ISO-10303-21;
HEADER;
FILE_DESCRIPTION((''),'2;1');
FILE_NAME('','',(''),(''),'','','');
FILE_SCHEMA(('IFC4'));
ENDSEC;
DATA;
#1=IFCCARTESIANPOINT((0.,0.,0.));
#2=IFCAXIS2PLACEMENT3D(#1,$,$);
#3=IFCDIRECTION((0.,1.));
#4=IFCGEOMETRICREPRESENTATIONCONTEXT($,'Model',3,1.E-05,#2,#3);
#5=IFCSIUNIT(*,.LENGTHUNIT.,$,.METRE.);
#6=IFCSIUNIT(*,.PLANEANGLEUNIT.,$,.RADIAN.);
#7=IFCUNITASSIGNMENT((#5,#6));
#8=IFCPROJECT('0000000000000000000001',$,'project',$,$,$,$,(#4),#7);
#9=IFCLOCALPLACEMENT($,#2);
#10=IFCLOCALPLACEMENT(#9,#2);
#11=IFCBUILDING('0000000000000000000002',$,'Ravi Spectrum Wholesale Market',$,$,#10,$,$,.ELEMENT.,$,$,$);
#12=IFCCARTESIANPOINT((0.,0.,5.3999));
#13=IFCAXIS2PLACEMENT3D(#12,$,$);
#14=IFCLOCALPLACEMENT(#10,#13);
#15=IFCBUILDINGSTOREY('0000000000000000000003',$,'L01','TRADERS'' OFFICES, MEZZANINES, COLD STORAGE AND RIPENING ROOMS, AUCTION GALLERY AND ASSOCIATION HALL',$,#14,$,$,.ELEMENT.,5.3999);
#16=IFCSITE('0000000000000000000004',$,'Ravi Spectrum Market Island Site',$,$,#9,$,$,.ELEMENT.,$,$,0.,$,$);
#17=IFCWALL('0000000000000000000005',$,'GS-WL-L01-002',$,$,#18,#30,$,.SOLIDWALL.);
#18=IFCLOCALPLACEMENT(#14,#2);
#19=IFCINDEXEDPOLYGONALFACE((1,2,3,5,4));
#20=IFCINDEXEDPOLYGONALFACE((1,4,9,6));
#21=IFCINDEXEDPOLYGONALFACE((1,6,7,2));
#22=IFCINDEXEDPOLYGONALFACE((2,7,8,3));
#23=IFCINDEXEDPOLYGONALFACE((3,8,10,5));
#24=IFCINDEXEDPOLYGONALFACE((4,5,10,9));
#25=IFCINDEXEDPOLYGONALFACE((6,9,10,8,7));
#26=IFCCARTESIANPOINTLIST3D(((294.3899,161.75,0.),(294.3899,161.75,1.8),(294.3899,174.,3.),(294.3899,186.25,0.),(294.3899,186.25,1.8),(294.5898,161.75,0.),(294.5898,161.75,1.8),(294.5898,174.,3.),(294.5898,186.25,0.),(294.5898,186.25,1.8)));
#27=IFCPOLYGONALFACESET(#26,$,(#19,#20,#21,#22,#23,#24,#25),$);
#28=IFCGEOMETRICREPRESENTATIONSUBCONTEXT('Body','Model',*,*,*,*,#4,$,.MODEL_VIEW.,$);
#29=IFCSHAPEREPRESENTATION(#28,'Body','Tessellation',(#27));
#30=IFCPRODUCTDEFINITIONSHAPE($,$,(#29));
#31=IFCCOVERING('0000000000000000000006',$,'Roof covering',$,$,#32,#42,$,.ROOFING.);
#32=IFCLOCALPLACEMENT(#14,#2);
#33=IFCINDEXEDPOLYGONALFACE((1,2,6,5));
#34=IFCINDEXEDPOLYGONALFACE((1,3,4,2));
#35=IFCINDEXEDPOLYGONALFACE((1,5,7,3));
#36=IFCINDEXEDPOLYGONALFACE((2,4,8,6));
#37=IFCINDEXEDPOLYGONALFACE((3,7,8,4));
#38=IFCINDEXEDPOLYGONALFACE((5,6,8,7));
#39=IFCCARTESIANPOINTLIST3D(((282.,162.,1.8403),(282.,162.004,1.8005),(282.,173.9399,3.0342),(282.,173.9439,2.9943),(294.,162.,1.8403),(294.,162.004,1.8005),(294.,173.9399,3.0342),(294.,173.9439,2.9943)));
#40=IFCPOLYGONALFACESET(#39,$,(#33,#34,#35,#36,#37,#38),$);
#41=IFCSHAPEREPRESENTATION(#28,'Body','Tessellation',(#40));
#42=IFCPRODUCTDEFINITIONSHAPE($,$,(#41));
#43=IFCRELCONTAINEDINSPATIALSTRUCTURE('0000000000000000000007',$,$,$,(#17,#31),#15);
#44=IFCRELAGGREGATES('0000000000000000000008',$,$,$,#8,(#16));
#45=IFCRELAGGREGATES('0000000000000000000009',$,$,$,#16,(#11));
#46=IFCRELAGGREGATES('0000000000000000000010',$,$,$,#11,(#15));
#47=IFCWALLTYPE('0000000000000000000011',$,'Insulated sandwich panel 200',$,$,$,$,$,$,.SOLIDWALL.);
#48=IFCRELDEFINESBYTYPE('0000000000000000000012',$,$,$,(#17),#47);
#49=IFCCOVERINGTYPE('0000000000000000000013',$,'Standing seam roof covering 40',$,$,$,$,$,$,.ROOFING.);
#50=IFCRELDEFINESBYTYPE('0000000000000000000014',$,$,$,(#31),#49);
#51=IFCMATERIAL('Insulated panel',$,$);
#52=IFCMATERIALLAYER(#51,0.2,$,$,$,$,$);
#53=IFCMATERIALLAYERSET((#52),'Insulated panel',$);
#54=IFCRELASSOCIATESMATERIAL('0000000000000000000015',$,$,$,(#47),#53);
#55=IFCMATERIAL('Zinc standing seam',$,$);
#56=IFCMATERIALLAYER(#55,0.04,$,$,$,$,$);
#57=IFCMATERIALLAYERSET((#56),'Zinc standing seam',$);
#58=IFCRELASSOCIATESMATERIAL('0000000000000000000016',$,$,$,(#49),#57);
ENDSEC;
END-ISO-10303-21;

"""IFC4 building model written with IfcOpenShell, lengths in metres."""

from ifc_helpers import new_model, si_unit, direction, frame, origin, place, context, subcontext, project, spatial, polyline, outline, extrude, material, layer, layer_set, type_object, element, save


model = new_model("IFC4")

# Units and contexts
model_context = context("Model", 3, precision=1e-05, world=origin(), true_north=direction((0.0, 1.0)))
body_context = subcontext(model_context, "Body", "Model", "MODEL_VIEW")
ifc_project = project(units=[si_unit("LENGTHUNIT", "METRE"), si_unit("PLANEANGLEUNIT", "RADIAN")], contexts=[model_context])

# Site, building, storey
site_placement = place(None, origin())
site = spatial("IfcSite", under=ifc_project, at=site_placement, Name="Ravi Spectrum Market Island Site", CompositionType="ELEMENT", RefElevation=0.0)
building_placement = place(site_placement, origin())
building = spatial("IfcBuilding", under=site, at=building_placement, Name="Ravi Spectrum Wholesale Market", CompositionType="ELEMENT")
storey_placement = place(building_placement, frame((0.0, 0.0, 5.3999)))
storey = spatial("IfcBuildingStorey", under=building, at=storey_placement, Name="L01", Description="TRADERS' OFFICES, MEZZANINES, COLD STORAGE AND RIPENING ROOMS, AUCTION GALLERY AND ASSOCIATION HALL", CompositionType="ELEMENT", Elevation=5.3999)

# Wall
ifc_material_1 = material(Name="Insulated panel")
ifc_layer_1 = layer(ifc_material_1, 0.2)
ifc_layer_set_1 = layer_set([ifc_layer_1], Name="Insulated panel")
wall_type_1 = type_object("IfcWallType", Name="Insulated sandwich panel 200", PredefinedType="SOLIDWALL", material=ifc_layer_set_1)
wall_1_placement = place(storey_placement, frame((294.49, 161.75, 0.0), z_axis=(0.0, 0.0, 1.0), x_axis=(0.0, 1.0, 0.0)))
element("IfcWall", 1, at=wall_1_placement, inside=storey, type_object=wall_type_1, Name="GS-WL-L01-002", PredefinedType="SOLIDWALL", context=body_context, shape_type="SweptSolid", body=[
    extrude(outline(polyline([(0.0, 0.0), (24.5, 0.0), (24.5, 1.8), (12.25, 3.0), (0.0, 1.8), (0.0, 0.0)])), frame((0.0, 0.1001, 0.0), z_axis=(0.0, -1.0, 0.0), x_axis=(1.0, 0.0, 0.0)), (0.0, 0.0, 1.0), 0.2),
])

# Covering
ifc_material_2 = material(Name="Zinc standing seam")
ifc_layer_2 = layer(ifc_material_2, 0.04)
ifc_layer_set_2 = layer_set([ifc_layer_2], Name="Zinc standing seam")
covering_type = type_object("IfcCoveringType", Name="Standing seam roof covering 40", PredefinedType="ROOFING", material=ifc_layer_set_2)
covering_placement = place(storey_placement, frame((282.0, 173.9399, 3.0342), z_axis=(0.0, -0.099492, 0.995038), x_axis=(1.0, 0.0, 0.0)))
element("IfcCovering", 2, at=covering_placement, inside=storey, type_object=covering_type, Name="Roof covering", PredefinedType="ROOFING", context=body_context, shape_type="SweptSolid", body=[
    extrude(outline(polyline([(0.0, 0.0), (12.0, 0.0), (12.0, -11.9995), (0.0, -11.9995), (0.0, 0.0)])), origin(), (0.0, 0.0, -1.0), 0.04),
])

save(model, "model.ifc")
